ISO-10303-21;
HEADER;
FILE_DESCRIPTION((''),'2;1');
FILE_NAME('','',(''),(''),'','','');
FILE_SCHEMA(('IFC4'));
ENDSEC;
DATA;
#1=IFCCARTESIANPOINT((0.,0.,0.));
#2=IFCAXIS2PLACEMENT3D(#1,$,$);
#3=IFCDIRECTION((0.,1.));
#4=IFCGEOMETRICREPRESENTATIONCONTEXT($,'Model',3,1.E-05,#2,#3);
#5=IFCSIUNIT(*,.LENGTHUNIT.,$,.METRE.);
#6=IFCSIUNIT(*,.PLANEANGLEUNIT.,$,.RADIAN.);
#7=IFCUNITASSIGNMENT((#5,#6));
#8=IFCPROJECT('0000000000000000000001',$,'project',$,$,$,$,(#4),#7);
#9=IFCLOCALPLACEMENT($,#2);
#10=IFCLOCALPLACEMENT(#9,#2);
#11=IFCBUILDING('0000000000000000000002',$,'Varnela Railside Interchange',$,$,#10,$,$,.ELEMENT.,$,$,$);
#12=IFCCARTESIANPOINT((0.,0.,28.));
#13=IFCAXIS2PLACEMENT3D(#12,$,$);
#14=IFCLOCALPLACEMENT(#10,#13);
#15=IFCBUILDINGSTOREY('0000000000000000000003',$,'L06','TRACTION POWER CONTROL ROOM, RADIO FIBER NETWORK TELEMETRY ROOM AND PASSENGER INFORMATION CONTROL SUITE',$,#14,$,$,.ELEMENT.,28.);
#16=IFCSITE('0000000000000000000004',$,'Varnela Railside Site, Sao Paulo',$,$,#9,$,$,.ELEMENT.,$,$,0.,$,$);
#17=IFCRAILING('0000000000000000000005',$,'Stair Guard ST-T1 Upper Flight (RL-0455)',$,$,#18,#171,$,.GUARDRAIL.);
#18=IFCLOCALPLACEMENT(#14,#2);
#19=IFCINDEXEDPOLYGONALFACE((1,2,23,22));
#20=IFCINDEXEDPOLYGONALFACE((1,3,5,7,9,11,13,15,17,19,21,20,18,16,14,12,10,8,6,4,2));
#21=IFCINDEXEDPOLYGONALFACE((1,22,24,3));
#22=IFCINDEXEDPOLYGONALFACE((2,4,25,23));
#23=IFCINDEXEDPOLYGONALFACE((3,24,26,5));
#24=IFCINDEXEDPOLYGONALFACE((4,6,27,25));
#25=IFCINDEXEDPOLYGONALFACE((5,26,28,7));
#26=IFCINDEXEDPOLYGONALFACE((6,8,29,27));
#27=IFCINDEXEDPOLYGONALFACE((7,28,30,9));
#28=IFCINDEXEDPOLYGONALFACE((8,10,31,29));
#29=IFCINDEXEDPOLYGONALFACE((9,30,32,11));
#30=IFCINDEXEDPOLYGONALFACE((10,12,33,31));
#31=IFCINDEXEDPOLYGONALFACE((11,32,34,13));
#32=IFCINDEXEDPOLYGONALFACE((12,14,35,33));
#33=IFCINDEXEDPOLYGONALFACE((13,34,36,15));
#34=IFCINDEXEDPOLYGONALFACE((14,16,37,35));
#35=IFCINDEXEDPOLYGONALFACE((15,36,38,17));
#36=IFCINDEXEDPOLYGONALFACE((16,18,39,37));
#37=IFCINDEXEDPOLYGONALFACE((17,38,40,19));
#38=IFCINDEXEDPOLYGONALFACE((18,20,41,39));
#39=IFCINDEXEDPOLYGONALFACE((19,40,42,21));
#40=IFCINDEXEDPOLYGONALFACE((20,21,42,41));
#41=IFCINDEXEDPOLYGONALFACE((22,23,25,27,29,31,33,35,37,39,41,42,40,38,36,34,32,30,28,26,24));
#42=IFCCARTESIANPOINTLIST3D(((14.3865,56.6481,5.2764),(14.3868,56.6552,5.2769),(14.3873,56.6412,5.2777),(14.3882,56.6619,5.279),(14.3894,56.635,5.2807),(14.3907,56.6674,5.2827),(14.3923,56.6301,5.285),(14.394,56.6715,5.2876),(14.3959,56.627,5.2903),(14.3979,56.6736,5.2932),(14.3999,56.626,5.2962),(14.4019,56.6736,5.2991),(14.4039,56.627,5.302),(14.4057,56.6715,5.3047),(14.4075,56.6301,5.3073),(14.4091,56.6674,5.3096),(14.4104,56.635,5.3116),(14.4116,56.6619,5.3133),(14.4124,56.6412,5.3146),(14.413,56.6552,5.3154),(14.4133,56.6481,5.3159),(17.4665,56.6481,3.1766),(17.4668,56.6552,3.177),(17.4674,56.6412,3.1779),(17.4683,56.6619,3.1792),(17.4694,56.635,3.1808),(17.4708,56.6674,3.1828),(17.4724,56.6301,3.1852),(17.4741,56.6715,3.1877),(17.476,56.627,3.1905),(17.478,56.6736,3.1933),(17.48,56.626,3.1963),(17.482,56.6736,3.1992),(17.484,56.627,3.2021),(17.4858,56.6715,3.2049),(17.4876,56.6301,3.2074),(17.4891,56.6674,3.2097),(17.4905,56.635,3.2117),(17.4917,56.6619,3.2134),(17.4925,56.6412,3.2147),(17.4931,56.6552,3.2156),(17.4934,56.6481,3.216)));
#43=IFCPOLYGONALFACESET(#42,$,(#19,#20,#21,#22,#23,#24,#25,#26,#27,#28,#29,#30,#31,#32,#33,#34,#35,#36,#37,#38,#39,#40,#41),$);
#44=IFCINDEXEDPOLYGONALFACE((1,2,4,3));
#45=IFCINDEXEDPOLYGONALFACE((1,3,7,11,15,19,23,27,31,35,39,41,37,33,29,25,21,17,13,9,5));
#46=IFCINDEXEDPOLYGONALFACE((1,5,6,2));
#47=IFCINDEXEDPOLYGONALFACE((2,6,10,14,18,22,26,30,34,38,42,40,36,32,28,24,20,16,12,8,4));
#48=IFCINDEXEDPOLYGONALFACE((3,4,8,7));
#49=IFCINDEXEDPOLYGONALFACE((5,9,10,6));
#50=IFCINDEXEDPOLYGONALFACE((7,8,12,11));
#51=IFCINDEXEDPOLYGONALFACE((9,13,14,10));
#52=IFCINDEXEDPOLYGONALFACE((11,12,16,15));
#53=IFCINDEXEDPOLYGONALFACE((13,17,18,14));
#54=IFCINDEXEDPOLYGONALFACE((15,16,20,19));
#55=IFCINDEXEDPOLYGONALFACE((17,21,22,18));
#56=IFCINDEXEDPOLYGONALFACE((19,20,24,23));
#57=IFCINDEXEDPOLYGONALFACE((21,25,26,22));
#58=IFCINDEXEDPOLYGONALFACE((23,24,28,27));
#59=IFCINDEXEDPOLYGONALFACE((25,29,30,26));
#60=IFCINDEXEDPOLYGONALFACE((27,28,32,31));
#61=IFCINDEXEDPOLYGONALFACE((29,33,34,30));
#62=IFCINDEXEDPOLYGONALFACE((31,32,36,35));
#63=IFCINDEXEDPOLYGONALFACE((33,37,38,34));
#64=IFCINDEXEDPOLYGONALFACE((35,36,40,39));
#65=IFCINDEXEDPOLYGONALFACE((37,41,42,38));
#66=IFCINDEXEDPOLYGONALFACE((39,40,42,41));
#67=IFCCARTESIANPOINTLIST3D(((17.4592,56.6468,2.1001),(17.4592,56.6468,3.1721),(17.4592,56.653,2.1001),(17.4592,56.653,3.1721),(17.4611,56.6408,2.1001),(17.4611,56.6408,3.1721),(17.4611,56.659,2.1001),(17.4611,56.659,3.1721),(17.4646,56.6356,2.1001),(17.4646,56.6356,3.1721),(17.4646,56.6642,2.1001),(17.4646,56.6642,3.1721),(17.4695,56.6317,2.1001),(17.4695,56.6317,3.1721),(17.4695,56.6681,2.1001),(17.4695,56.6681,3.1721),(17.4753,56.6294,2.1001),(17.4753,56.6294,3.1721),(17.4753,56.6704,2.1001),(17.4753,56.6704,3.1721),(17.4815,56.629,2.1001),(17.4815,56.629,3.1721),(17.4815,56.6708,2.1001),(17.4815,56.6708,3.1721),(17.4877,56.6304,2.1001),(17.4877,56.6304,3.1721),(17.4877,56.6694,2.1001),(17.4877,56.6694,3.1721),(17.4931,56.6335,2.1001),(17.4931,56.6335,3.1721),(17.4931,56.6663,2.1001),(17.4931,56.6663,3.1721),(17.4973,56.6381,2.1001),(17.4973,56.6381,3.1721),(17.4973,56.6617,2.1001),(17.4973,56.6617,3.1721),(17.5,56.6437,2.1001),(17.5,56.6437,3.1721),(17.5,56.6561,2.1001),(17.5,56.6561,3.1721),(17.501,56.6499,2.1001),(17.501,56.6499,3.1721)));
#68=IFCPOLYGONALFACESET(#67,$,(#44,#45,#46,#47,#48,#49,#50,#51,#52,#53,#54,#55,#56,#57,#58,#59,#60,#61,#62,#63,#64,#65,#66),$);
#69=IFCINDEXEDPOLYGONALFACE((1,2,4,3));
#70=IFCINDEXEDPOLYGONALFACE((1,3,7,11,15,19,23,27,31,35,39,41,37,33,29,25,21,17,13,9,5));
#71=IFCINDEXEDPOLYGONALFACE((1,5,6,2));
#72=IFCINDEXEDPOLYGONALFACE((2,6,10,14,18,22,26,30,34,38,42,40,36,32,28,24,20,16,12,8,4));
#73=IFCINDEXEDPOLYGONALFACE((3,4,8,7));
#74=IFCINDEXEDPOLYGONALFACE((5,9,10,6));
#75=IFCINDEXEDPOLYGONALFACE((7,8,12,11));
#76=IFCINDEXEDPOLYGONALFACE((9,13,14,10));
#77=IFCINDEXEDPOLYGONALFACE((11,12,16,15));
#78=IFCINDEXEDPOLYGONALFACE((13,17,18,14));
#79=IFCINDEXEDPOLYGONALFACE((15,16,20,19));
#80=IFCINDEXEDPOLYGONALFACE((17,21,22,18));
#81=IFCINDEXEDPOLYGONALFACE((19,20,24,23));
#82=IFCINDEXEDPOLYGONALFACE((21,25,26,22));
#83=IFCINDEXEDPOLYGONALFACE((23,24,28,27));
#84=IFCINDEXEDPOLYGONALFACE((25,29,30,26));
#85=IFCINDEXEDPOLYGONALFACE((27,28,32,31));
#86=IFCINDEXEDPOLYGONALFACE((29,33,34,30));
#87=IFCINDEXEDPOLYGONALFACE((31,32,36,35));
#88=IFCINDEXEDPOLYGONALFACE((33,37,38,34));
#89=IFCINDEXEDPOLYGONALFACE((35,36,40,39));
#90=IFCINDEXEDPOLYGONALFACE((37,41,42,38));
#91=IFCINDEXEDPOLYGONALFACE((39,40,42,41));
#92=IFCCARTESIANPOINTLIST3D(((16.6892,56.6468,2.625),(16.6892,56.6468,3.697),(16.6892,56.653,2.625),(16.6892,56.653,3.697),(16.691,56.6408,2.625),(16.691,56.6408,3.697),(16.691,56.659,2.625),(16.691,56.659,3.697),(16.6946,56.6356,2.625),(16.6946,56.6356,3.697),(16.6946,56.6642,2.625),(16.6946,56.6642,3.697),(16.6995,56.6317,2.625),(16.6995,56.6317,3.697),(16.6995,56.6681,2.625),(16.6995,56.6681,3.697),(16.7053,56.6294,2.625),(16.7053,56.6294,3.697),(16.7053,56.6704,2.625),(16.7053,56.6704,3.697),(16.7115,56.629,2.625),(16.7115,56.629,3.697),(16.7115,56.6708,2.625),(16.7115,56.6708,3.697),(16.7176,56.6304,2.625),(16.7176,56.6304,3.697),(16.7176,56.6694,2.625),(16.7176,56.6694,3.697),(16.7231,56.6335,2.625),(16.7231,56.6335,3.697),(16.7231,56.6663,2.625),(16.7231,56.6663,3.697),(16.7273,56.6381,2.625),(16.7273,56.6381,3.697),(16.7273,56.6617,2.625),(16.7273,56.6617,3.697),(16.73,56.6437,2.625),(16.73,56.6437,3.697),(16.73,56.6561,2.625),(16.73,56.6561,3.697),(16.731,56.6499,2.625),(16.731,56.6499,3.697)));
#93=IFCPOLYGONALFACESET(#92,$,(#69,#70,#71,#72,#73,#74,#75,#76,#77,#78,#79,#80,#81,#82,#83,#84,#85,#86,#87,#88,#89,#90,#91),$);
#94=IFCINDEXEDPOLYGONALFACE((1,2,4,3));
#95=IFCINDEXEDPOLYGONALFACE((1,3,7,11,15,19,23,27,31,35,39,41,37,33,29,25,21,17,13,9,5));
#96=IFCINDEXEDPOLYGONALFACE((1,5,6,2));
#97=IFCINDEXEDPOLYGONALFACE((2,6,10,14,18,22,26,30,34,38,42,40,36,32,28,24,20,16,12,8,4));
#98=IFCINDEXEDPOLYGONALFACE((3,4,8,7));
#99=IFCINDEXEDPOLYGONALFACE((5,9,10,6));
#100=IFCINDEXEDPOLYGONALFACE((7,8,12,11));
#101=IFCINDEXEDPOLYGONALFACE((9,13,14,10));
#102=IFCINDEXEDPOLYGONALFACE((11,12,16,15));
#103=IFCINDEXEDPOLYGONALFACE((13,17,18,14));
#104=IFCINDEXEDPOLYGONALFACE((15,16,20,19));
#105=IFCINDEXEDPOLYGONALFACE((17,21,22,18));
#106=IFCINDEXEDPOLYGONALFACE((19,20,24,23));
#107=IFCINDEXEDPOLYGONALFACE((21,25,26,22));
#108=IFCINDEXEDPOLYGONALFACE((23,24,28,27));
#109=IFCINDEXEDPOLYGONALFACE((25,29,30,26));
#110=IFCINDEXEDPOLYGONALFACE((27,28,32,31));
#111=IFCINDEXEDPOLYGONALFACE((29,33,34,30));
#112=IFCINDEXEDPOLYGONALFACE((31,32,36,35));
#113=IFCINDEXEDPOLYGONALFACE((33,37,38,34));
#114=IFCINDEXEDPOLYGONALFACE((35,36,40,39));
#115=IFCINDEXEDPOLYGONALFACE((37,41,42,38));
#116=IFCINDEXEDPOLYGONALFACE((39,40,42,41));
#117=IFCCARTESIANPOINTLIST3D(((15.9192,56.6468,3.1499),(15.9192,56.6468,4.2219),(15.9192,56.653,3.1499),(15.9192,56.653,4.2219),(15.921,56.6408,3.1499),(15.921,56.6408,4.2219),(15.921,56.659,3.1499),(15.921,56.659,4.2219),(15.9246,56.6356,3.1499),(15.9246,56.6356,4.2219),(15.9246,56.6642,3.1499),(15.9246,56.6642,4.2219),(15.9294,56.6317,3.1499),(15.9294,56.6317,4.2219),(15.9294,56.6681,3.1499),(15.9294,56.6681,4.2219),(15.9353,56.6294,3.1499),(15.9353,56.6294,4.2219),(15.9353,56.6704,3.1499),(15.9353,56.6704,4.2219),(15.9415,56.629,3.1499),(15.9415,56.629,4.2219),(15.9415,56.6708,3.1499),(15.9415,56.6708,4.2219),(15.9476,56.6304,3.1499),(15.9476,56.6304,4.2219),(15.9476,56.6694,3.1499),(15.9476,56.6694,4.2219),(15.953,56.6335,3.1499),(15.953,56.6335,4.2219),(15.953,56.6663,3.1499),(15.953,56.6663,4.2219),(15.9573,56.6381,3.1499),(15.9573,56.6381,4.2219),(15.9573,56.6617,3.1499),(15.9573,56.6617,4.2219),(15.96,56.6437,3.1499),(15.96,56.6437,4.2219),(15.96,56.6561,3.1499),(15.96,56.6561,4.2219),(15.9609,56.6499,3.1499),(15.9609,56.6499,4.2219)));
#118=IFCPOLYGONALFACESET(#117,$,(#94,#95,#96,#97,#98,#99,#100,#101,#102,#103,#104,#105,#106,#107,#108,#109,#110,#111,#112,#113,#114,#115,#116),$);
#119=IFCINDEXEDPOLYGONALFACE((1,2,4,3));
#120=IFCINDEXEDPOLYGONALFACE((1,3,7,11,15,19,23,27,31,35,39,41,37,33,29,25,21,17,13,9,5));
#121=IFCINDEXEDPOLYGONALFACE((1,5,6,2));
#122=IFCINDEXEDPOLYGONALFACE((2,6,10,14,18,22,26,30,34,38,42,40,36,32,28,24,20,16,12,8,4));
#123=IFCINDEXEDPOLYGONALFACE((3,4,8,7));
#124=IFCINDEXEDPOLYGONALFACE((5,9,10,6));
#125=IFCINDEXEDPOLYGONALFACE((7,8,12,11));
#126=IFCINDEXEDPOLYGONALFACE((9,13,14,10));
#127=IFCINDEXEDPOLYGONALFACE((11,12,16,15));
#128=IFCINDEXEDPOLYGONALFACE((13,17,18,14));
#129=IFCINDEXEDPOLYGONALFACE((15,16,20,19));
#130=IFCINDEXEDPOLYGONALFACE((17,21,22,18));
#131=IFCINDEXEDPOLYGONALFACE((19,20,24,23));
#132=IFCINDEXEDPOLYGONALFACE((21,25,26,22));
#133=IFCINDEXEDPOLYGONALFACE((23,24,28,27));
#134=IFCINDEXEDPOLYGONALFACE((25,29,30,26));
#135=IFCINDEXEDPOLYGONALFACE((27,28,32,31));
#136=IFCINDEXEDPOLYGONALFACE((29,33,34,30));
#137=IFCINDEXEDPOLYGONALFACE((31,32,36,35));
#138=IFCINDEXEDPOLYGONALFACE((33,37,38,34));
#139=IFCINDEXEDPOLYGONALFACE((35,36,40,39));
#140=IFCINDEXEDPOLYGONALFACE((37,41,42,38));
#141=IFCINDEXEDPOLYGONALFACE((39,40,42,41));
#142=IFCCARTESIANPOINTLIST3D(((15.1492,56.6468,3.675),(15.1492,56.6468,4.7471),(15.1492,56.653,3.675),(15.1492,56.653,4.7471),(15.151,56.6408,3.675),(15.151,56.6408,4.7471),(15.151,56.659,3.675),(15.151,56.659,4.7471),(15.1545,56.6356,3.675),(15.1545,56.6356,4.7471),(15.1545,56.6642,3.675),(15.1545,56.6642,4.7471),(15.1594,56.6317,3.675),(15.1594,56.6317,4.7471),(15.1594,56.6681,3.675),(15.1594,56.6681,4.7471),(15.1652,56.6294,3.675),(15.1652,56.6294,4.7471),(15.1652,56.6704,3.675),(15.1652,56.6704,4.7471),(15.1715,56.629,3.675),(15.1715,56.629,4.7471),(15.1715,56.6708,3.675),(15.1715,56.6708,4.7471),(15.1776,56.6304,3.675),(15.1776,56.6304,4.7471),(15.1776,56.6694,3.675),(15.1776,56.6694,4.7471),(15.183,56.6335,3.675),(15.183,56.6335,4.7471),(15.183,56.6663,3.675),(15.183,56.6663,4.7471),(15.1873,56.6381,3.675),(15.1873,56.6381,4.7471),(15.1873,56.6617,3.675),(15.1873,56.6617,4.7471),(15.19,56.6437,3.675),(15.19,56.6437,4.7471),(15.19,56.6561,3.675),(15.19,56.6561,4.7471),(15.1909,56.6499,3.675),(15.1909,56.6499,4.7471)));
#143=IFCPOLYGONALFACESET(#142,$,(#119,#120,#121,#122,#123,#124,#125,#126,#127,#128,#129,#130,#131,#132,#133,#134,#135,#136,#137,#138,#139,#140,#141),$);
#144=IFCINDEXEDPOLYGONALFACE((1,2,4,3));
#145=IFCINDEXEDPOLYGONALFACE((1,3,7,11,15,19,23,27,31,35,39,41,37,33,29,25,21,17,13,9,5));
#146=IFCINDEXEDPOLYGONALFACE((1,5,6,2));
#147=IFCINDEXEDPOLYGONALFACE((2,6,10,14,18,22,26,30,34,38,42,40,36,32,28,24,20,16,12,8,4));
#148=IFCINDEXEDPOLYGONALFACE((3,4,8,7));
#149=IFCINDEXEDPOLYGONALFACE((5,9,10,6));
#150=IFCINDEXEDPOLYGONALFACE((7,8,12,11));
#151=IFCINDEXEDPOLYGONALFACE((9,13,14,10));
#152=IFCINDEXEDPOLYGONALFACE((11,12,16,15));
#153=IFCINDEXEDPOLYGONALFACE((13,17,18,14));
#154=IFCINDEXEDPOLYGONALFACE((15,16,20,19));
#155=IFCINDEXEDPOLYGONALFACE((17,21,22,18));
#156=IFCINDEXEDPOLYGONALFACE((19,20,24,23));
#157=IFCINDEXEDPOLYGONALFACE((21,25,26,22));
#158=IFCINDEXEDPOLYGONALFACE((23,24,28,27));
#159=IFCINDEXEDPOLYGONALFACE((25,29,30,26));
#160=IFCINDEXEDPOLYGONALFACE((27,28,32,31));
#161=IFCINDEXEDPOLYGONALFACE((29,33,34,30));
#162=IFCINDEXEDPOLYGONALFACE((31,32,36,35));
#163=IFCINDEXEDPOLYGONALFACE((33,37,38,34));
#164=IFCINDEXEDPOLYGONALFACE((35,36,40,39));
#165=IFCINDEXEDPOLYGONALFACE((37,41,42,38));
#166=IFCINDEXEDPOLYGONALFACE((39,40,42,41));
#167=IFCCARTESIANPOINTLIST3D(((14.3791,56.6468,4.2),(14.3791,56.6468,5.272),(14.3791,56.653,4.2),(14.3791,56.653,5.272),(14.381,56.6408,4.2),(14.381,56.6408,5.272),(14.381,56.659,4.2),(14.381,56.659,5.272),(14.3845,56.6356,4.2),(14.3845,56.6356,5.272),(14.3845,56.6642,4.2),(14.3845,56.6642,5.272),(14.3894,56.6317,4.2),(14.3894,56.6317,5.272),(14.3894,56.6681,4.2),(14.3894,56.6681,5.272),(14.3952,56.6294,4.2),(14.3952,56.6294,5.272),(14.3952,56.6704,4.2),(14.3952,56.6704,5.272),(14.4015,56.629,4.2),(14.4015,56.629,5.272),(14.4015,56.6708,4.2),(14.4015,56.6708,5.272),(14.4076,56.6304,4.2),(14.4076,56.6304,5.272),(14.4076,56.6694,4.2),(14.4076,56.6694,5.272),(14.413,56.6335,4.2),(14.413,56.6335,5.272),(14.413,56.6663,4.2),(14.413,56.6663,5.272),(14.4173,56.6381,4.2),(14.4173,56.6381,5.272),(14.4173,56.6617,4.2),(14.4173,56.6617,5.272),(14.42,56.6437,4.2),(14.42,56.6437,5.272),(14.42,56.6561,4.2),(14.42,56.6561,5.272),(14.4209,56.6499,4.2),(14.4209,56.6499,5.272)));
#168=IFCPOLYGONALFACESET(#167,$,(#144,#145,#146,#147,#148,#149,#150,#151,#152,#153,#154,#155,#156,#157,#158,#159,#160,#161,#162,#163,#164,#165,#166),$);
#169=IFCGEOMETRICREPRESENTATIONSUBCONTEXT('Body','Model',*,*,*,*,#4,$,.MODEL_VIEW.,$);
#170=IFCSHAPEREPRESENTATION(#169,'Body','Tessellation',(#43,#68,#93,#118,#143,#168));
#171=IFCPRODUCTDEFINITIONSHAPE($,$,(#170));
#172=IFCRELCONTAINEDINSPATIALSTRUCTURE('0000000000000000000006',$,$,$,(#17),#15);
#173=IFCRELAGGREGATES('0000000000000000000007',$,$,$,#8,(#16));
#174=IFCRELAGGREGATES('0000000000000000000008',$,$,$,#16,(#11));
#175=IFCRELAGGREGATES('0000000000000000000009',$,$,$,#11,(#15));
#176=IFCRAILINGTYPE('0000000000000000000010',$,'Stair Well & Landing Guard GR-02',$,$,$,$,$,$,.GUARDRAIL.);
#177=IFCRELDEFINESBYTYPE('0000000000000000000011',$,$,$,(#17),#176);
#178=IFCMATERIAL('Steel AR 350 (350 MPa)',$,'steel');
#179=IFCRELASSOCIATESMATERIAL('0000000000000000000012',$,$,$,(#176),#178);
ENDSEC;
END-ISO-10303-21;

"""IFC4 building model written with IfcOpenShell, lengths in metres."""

from ifc_helpers import new_model, si_unit, direction, frame, origin, origin_2d, place, context, subcontext, project, spatial, circle, extrude, material, type_object, element, save


model = new_model("IFC4")

# Units and contexts
model_context = context("Model", 3, precision=1e-05, world=origin(), true_north=direction((0.0, 1.0)))
body_context = subcontext(model_context, "Body", "Model", "MODEL_VIEW")
ifc_project = project(units=[si_unit("LENGTHUNIT", "METRE"), si_unit("PLANEANGLEUNIT", "RADIAN")], contexts=[model_context])

# Site, building, storey
site_placement = place(None, origin())
site = spatial("IfcSite", under=ifc_project, at=site_placement, Name="Varnela Railside Site, Sao Paulo", CompositionType="ELEMENT", RefElevation=0.0)
building_placement = place(site_placement, origin())
building = spatial("IfcBuilding", under=site, at=building_placement, Name="Varnela Railside Interchange", CompositionType="ELEMENT")
storey_placement = place(building_placement, frame((0.0, 0.0, 28.0)))
storey = spatial("IfcBuildingStorey", under=building, at=storey_placement, Name="L06", Description="TRACTION POWER CONTROL ROOM, RADIO FIBER NETWORK TELEMETRY ROOM AND PASSENGER INFORMATION CONTROL SUITE", CompositionType="ELEMENT", Elevation=28.0)

# Shared definitions
ifc_material_1 = material(Name="Steel AR 350 (350 MPa)", Category="steel")

# Railing
railing_type_1 = type_object("IfcRailingType", Name="Stair Well & Landing Guard GR-02", PredefinedType="GUARDRAIL", material=ifc_material_1)
railing_1_placement = place(storey_placement, frame((17.48, 56.6499, 2.1001)))
element("IfcRailing", 1, at=railing_1_placement, inside=storey, type_object=railing_type_1, Name="Stair Guard ST-T1 Upper Flight (RL-0455)", PredefinedType="GUARDRAIL", context=body_context, shape_type="SweptSolid", body=[
    extrude(circle(Radius=0.0239, at=origin_2d()), frame((0.0, 0.0, 1.0962), z_axis=(-0.826252, 0.0, 0.5633), x_axis=(0.0, -1.0, 0.0)), (0.0, 0.0, 1.0), 3.7278),
    extrude(circle(Radius=0.021, at=origin_2d()), origin(), (0.0, 0.0, 1.0), 1.072),
    extrude(circle(Radius=0.021, at=origin_2d()), frame((-0.77, 0.0, 0.5249)), (0.0, 0.0, 1.0), 1.072),
    extrude(circle(Radius=0.021, at=origin_2d()), frame((-1.54, 0.0, 1.0498)), (0.0, 0.0, 1.0), 1.072),
    extrude(circle(Radius=0.021, at=origin_2d()), frame((-2.3101, 0.0, 1.575)), (0.0, 0.0, 1.0), 1.072),
    extrude(circle(Radius=0.021, at=origin_2d()), frame((-3.0801, 0.0, 2.0999)), (0.0, 0.0, 1.0), 1.072),
])

save(model, "model.ifc")
